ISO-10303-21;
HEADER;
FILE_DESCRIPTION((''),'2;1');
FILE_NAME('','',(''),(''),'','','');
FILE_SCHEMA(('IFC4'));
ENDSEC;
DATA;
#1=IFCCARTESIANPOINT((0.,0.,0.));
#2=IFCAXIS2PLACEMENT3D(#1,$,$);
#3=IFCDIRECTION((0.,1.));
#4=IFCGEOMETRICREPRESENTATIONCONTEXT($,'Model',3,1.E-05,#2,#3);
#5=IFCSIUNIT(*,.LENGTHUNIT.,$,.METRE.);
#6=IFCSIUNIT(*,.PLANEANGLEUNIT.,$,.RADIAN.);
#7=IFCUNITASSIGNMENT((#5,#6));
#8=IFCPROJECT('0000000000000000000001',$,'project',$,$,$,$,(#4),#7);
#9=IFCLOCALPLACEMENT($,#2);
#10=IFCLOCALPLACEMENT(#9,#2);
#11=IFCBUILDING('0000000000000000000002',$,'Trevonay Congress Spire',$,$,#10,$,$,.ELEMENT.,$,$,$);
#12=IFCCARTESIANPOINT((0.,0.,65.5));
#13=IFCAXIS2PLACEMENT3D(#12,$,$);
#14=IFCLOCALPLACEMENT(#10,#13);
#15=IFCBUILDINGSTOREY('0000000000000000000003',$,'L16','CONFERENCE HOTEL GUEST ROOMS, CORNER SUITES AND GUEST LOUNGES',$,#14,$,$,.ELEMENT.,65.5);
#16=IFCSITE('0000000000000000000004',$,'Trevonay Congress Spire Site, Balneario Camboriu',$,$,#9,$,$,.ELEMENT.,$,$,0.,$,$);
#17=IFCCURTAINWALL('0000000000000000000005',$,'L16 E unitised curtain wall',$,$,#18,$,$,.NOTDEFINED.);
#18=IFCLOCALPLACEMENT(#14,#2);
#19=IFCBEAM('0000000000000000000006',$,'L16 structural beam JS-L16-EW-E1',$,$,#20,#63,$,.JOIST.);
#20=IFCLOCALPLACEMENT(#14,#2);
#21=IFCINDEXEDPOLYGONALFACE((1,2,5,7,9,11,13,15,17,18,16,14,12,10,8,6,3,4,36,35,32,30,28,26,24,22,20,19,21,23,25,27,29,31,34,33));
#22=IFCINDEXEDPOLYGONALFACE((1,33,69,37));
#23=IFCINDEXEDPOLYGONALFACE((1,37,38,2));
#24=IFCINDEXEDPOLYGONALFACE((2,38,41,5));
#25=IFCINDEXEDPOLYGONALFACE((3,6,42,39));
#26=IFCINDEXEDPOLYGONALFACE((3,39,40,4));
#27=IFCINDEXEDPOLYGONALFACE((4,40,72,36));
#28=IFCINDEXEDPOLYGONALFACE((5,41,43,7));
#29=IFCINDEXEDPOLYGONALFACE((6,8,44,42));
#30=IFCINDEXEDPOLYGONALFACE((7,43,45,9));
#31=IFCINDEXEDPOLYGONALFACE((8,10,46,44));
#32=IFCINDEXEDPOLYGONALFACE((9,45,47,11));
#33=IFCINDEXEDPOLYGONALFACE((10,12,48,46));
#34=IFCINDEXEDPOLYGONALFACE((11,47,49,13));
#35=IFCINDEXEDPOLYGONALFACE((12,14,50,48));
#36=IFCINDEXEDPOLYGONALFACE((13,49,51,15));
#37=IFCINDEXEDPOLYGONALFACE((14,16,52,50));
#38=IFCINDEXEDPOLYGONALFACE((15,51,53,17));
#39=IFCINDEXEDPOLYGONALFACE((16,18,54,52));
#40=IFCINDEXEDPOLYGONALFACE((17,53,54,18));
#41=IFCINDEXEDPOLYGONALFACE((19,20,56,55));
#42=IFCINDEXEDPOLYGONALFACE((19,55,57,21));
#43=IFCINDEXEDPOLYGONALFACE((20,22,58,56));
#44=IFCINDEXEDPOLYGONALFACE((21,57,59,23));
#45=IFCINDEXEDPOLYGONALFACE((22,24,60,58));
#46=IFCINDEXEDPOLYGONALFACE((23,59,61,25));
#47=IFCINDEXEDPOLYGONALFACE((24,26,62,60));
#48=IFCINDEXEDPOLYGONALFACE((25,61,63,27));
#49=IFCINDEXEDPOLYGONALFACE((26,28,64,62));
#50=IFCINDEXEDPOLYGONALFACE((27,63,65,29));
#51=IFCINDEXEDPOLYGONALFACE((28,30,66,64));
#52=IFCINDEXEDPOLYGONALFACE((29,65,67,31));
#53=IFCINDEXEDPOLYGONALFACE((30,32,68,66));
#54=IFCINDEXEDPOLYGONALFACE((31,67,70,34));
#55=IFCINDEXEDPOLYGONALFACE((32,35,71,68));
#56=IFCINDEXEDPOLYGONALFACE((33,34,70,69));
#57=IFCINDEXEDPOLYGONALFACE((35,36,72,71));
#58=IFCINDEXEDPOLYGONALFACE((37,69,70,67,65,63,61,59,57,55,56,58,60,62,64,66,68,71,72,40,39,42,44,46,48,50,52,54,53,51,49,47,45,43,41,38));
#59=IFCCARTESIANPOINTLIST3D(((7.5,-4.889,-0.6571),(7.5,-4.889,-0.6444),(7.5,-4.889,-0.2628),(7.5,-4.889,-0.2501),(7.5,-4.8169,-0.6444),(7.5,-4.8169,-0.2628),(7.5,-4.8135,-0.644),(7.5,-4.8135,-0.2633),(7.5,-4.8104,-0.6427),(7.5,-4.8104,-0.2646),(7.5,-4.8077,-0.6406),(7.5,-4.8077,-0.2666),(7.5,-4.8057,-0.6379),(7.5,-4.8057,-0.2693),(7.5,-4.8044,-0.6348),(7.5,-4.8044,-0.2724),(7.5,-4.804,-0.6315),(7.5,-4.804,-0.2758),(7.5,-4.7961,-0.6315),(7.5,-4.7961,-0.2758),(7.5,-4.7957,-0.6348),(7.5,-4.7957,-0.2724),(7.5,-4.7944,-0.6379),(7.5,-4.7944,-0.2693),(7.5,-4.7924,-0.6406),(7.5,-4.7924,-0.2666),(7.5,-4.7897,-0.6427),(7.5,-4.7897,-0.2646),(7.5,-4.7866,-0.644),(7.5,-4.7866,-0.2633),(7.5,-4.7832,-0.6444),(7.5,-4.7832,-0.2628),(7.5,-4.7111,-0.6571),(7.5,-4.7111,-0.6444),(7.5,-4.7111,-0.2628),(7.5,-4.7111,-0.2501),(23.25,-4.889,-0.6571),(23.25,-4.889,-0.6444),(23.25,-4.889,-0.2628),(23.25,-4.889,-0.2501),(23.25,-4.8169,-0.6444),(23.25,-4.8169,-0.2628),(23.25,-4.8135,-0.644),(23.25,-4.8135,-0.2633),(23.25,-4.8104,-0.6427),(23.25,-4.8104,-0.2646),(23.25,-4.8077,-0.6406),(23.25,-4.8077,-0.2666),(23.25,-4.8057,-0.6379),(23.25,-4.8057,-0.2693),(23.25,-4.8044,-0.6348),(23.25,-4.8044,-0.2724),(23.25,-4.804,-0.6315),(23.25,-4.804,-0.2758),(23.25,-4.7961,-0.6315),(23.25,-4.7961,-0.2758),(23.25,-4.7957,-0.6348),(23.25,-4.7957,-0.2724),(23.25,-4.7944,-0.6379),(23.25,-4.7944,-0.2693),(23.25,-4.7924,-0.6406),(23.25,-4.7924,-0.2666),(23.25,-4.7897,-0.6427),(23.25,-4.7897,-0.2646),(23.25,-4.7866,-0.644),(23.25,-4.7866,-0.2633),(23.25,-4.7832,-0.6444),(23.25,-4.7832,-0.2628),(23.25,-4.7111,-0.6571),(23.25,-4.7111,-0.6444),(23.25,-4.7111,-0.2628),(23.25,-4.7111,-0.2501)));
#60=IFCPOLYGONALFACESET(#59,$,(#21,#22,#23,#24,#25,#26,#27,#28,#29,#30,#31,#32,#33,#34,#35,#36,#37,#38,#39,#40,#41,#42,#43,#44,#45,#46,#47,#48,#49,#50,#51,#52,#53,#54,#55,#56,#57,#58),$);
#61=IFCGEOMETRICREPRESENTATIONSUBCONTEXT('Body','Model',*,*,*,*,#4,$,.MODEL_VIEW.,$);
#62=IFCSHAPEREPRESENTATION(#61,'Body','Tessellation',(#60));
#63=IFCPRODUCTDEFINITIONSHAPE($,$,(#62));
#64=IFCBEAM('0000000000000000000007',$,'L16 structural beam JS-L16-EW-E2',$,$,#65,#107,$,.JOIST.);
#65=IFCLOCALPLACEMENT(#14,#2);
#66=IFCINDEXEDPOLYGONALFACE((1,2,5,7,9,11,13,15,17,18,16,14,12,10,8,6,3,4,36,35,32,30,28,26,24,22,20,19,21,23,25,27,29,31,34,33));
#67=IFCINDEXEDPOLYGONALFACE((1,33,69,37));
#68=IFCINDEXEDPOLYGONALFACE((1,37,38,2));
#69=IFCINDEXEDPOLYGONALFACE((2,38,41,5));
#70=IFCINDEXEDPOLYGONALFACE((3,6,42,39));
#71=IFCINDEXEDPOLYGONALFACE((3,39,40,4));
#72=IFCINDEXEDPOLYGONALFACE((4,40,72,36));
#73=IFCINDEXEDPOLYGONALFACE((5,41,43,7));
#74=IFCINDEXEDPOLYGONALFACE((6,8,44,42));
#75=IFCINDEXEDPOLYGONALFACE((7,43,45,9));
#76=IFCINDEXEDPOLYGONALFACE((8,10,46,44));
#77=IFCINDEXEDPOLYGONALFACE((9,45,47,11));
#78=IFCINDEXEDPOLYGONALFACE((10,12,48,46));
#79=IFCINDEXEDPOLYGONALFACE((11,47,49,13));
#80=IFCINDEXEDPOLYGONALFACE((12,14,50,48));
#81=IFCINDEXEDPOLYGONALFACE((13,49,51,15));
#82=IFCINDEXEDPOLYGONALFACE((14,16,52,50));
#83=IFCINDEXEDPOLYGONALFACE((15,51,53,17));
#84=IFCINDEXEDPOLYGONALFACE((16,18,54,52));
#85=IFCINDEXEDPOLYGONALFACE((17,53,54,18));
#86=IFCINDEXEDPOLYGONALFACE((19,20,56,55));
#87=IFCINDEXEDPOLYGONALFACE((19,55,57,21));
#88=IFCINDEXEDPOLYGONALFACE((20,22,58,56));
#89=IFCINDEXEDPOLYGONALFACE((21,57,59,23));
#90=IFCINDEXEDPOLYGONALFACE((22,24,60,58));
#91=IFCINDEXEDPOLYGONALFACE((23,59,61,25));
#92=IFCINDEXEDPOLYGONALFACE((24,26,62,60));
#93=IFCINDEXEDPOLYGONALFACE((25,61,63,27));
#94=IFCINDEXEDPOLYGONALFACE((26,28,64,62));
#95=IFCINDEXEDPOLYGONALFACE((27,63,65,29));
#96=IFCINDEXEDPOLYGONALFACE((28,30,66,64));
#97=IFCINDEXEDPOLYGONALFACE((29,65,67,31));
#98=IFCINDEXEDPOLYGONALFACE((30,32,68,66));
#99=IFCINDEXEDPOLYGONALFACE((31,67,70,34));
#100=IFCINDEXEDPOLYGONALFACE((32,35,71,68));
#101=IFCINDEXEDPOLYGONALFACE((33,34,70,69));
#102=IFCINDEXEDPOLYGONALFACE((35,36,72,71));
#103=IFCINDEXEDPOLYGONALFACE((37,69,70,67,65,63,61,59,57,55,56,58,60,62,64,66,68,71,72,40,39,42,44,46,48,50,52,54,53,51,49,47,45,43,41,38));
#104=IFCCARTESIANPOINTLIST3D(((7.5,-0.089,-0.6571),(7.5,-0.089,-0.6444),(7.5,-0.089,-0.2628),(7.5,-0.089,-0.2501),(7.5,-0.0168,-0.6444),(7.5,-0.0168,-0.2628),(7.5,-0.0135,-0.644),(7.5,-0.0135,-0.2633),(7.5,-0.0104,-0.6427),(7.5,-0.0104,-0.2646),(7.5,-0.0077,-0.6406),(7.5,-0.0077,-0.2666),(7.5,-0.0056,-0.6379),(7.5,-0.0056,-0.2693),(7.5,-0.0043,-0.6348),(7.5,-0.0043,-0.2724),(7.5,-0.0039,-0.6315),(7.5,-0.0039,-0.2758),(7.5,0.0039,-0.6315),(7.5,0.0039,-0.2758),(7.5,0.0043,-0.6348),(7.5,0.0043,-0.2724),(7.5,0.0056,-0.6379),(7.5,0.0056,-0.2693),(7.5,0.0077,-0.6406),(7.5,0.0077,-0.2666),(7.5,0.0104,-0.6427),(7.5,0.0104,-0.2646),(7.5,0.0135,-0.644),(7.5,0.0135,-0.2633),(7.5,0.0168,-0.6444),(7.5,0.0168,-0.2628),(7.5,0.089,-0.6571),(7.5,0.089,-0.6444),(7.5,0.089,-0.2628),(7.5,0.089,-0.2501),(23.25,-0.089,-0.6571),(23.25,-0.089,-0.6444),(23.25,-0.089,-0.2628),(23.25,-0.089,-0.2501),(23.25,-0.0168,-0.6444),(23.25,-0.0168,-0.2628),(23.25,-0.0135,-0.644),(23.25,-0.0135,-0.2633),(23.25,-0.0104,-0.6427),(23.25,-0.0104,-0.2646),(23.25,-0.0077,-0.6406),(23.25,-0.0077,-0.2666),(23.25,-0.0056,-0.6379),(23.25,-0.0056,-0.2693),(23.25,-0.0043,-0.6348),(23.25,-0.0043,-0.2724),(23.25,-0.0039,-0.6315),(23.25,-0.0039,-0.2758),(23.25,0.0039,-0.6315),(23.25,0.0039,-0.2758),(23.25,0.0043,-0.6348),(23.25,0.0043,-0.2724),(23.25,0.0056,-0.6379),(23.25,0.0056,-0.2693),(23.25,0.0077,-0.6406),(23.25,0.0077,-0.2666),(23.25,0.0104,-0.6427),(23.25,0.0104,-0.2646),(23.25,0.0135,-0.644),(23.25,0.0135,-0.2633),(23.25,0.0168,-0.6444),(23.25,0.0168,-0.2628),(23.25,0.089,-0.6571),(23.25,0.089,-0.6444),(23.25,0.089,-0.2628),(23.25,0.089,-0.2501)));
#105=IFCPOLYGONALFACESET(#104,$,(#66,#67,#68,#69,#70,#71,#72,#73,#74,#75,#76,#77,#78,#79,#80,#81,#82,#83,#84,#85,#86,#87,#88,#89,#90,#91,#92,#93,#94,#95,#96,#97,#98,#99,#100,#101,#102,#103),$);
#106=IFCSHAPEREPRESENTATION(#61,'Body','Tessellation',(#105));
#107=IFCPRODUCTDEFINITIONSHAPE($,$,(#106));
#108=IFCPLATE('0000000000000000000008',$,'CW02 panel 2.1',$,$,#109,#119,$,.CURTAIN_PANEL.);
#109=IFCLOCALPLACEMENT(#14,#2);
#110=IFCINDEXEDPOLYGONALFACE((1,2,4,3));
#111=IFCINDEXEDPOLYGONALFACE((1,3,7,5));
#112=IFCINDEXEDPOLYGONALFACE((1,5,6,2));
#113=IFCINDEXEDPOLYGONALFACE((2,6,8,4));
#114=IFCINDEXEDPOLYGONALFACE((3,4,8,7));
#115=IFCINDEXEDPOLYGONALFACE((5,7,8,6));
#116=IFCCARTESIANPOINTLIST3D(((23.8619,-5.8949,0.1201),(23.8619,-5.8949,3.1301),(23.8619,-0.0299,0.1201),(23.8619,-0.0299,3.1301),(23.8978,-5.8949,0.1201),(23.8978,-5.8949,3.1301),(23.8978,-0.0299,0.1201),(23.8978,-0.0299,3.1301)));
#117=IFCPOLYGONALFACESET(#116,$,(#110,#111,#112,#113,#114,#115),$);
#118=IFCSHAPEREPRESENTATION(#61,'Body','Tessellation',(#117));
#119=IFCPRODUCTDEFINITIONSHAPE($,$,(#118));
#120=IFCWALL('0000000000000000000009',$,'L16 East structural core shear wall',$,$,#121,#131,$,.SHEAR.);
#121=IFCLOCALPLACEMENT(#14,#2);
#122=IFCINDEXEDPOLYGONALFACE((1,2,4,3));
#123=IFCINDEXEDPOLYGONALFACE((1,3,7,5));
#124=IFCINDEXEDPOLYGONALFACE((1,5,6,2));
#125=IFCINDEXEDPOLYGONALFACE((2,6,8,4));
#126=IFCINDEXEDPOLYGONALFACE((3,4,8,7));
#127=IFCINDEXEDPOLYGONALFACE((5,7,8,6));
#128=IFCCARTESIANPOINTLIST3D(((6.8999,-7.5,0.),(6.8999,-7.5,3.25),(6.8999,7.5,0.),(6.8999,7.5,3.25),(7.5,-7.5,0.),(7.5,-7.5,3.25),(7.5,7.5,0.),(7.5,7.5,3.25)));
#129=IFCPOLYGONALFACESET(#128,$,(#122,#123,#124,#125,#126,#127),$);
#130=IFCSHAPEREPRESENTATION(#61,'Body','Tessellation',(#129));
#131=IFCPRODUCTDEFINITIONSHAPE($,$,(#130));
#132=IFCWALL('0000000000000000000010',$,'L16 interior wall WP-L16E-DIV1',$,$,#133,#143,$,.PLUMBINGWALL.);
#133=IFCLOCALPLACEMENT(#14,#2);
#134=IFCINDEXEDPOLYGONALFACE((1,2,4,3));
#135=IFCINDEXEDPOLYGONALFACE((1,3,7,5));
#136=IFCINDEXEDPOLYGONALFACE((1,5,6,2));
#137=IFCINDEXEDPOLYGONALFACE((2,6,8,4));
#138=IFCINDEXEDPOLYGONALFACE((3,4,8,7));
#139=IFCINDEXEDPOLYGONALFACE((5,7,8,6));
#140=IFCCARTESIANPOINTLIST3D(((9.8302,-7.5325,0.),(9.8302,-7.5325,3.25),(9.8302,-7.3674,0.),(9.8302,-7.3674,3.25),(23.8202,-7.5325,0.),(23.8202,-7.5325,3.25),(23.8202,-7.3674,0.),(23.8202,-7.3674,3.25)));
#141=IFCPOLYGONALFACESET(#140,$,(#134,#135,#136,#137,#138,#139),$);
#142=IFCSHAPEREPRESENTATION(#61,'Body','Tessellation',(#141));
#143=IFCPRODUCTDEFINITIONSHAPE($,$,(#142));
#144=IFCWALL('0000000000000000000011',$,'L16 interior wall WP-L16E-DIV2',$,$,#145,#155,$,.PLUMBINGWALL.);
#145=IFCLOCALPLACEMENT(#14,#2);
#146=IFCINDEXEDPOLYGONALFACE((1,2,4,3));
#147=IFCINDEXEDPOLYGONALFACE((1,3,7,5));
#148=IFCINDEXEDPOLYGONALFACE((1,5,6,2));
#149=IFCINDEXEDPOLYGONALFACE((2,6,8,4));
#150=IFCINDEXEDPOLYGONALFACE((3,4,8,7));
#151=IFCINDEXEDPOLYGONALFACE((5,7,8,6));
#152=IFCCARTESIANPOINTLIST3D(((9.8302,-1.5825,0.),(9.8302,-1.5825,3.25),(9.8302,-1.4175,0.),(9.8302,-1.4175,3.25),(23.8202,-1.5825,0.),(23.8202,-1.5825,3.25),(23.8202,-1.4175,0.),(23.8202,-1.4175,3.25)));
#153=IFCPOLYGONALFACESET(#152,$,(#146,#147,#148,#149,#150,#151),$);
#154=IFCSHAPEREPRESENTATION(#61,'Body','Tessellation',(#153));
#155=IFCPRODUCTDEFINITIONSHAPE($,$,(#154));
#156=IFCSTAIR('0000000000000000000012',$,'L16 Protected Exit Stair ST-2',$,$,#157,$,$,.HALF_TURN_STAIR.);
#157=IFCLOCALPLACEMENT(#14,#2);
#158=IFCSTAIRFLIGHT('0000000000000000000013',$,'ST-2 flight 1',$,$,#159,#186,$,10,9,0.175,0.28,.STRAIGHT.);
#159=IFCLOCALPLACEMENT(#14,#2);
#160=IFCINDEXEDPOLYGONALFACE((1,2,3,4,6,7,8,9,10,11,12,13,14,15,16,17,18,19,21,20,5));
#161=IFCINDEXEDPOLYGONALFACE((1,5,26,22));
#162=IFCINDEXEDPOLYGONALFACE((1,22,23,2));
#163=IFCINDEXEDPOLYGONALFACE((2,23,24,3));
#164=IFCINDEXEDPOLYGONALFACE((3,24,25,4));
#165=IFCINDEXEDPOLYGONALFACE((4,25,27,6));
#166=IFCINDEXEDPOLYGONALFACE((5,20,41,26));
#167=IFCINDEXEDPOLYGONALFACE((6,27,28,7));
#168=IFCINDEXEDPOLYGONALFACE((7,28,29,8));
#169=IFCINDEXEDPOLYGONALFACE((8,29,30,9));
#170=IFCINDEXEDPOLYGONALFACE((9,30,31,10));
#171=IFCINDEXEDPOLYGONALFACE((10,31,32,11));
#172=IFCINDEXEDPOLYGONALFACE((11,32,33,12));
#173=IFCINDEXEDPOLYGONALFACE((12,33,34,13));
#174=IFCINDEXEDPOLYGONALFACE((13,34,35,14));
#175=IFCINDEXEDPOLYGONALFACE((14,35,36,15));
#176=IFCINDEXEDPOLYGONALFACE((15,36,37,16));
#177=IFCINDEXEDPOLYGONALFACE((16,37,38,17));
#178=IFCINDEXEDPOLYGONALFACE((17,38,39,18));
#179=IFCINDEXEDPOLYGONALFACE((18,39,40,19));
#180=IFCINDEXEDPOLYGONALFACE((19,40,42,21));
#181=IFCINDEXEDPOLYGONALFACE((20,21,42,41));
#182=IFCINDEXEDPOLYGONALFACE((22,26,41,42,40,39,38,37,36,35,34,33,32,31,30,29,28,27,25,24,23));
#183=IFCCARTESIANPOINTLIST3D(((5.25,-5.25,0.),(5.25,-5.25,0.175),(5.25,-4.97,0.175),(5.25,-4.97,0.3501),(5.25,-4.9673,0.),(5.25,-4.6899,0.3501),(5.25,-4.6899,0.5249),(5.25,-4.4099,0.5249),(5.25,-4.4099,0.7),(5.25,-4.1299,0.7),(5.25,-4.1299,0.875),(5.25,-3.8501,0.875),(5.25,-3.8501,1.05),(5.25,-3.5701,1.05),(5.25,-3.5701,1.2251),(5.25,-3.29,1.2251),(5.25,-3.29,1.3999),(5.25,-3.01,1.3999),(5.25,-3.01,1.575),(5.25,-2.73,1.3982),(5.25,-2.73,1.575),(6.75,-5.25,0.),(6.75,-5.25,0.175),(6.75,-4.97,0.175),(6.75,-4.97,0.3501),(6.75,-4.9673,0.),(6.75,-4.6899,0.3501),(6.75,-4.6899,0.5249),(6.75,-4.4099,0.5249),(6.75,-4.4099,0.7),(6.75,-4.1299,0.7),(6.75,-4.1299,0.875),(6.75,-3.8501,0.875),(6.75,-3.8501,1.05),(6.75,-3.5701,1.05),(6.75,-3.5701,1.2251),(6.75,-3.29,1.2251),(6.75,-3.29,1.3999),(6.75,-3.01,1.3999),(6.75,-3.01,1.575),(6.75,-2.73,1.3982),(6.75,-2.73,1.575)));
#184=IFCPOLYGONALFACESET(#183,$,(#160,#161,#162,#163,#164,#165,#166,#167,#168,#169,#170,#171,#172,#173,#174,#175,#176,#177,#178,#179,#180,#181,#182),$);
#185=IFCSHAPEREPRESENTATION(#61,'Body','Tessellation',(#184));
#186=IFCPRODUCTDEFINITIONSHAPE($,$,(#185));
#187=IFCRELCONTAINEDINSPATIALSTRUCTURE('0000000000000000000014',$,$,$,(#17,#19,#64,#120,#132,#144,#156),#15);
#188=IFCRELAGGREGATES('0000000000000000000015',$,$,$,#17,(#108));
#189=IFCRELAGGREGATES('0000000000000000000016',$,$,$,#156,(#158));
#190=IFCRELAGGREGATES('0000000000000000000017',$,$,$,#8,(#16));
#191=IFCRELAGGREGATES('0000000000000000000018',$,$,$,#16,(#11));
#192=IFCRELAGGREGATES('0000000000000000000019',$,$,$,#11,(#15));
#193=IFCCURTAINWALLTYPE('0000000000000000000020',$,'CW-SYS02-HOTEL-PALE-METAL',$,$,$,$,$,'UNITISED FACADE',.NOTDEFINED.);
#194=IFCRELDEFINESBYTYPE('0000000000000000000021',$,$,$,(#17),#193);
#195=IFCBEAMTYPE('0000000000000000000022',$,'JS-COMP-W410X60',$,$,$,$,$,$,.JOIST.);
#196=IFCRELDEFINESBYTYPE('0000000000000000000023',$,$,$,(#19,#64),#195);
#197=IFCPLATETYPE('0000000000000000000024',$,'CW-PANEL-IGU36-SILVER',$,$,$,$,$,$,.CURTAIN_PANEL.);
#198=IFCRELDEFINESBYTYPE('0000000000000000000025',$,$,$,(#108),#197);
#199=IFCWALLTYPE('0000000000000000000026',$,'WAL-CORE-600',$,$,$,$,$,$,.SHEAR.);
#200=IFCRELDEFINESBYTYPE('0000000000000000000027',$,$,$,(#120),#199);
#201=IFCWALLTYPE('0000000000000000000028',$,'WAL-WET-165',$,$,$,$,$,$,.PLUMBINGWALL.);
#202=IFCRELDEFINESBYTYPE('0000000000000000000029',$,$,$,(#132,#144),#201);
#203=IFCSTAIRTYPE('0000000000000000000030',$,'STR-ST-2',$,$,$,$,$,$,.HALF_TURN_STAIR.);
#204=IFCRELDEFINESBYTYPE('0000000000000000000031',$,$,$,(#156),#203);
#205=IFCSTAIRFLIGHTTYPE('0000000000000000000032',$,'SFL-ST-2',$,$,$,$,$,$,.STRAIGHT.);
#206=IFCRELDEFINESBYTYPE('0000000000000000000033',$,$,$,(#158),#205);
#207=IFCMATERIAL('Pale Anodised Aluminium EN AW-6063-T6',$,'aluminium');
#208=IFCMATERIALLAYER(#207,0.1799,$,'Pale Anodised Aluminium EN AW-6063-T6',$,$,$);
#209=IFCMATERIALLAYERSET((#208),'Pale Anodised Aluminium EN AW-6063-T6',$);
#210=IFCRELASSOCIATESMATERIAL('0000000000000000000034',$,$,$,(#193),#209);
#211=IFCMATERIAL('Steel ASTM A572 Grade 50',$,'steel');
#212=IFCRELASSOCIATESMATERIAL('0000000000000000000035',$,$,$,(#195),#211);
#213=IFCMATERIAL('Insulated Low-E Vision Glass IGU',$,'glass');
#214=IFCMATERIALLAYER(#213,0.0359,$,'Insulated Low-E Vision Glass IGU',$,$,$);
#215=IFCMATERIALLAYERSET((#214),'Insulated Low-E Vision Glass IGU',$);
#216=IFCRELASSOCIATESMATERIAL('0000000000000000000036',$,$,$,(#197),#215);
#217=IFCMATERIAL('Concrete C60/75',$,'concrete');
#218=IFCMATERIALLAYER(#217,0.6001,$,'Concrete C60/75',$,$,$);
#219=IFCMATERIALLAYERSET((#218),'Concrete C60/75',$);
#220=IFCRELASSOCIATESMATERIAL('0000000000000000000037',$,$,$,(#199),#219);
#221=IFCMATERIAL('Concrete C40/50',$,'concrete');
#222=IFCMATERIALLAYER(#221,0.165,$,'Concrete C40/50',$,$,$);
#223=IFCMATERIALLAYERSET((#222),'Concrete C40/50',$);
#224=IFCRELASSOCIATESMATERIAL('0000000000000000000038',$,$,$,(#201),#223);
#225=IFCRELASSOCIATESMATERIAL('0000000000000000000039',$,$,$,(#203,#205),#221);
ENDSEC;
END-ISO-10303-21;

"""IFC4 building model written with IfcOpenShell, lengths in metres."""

from ifc_helpers import new_model, si_unit, direction, frame, frame_2d, origin, origin_2d, place, context, subcontext, project, spatial, polyline, rectangle, i_section, outline, extrude, material, layer, layer_set, material_profile, profile_set, type_object, element, aggregate, save


model = new_model("IFC4")

# Units and contexts
model_context = context("Model", 3, precision=1e-05, world=origin(), true_north=direction((0.0, 1.0)))
body_context = subcontext(model_context, "Body", "Model", "MODEL_VIEW")
ifc_project = project(units=[si_unit("LENGTHUNIT", "METRE"), si_unit("PLANEANGLEUNIT", "RADIAN")], contexts=[model_context])

# Site, building, storey
site_placement = place(None, origin())
site = spatial("IfcSite", under=ifc_project, at=site_placement, Name="Trevonay Congress Spire Site, Balneario Camboriu", CompositionType="ELEMENT", RefElevation=0.0)
building_placement = place(site_placement, origin())
building = spatial("IfcBuilding", under=site, at=building_placement, Name="Trevonay Congress Spire", CompositionType="ELEMENT")
storey_placement = place(building_placement, frame((0.0, 0.0, 65.5)))
storey = spatial("IfcBuildingStorey", under=building, at=storey_placement, Name="L16", Description="CONFERENCE HOTEL GUEST ROOMS, CORNER SUITES AND GUEST LOUNGES", CompositionType="ELEMENT", Elevation=65.5)

# Shared definitions
ifc_material_1 = material(Name="Steel ASTM A572 Grade 50", Category="steel")

# Curtain wall
ifc_material_2 = material(Name="Pale Anodised Aluminium EN AW-6063-T6", Category="aluminium")
ifc_layer_1 = layer(ifc_material_2, 0.1799, Name="Pale Anodised Aluminium EN AW-6063-T6")
ifc_layer_set_1 = layer_set([ifc_layer_1], Name="Pale Anodised Aluminium EN AW-6063-T6")
curtain_wall_type = type_object("IfcCurtainWallType", Name="CW-SYS02-HOTEL-PALE-METAL", ElementType="UNITISED FACADE", PredefinedType="NOTDEFINED", material=ifc_layer_set_1)
curtain_wall_placement = place(storey_placement, origin())
curtain_wall = element("IfcCurtainWall", 1, at=curtain_wall_placement, inside=storey, type_object=curtain_wall_type, Name="L16 E unitised curtain wall", PredefinedType="NOTDEFINED")

# Beams
ifc_material_profile_1 = material_profile(ifc_material_1, i_section(OverallWidth=0.178, OverallDepth=0.407, WebThickness=0.0078, FlangeThickness=0.0127, FilletRadius=0.0129, at=origin_2d()), Name="W410x60")
ifc_profile_set_1 = profile_set([ifc_material_profile_1], Name="Steel ASTM A572 Grade 50")
beam_type_1 = type_object("IfcBeamType", Name="JS-COMP-W410X60", PredefinedType="JOIST", material=ifc_profile_set_1)
for number, where, z_axis, x_axis, name in (
    (2, (7.5, -4.8, -0.4536), (1.0, 0.0, 0.0), (0.0, 1.0, 0.0), "L16 structural beam JS-L16-EW-E1"),
    (3, (7.5, 0.0, -0.4536), (1.0, 0.0, 0.0), (0.0, 1.0, 0.0), "L16 structural beam JS-L16-EW-E2"),
):
    element("IfcBeam", number, at=place(storey_placement, frame(where, z_axis=z_axis, x_axis=x_axis)), inside=storey, type_object=beam_type_1, Name=name, PredefinedType="JOIST", context=body_context, shape_type="SweptSolid", body=[
        extrude(i_section(OverallWidth=0.178, OverallDepth=0.407, WebThickness=0.0078, FlangeThickness=0.0127, FilletRadius=0.0129, at=origin_2d()), origin(), (0.0, 0.0, 1.0), 15.75),
    ])

# Plate
ifc_material_3 = material(Name="Insulated Low-E Vision Glass IGU", Category="glass")
ifc_layer_2 = layer(ifc_material_3, 0.0359, Name="Insulated Low-E Vision Glass IGU")
ifc_layer_set_2 = layer_set([ifc_layer_2], Name="Insulated Low-E Vision Glass IGU")
plate_type = type_object("IfcPlateType", Name="CW-PANEL-IGU36-SILVER", PredefinedType="CURTAIN_PANEL", material=ifc_layer_set_2)
plate_placement = place(storey_placement, frame((23.8799, -2.9624, 0.1201), z_axis=(0.0, 0.0, 1.0), x_axis=(0.0, 1.0, 0.0)))
plate = element("IfcPlate", 4, at=plate_placement, type_object=plate_type, Name="CW02 panel 2.1", PredefinedType="CURTAIN_PANEL", context=body_context, shape_type="SweptSolid", body=[
    extrude(rectangle(XDim=5.865, YDim=0.0359, at=origin_2d()), origin(), (0.0, 0.0, 1.0), 3.01),
])
aggregate(curtain_wall, [plate])

# Walls
ifc_material_4 = material(Name="Concrete C60/75", Category="concrete")
ifc_layer_3 = layer(ifc_material_4, 0.6001, Name="Concrete C60/75")
ifc_layer_set_3 = layer_set([ifc_layer_3], Name="Concrete C60/75")
wall_type_1 = type_object("IfcWallType", Name="WAL-CORE-600", PredefinedType="SHEAR", material=ifc_layer_set_3)
wall_placement = place(storey_placement, frame((7.2, -7.5, 0.0), z_axis=(0.0, 0.0, 1.0), x_axis=(0.0, 1.0, 0.0)))
element("IfcWall", 5, at=wall_placement, inside=storey, type_object=wall_type_1, Name="L16 East structural core shear wall", PredefinedType="SHEAR", context=body_context, shape_type="SweptSolid", body=[
    extrude(rectangle(XDim=15.0, YDim=0.6001, at=frame_2d((7.5, 0.0))), origin(), (0.0, 0.0, 1.0), 3.25),
])
ifc_material_5 = material(Name="Concrete C40/50", Category="concrete")
ifc_layer_4 = layer(ifc_material_5, 0.165, Name="Concrete C40/50")
ifc_layer_set_4 = layer_set([ifc_layer_4], Name="Concrete C40/50")
wall_type_2 = type_object("IfcWallType", Name="WAL-WET-165", PredefinedType="PLUMBINGWALL", material=ifc_layer_set_4)
for number, where, z_axis, x_axis, name in (
    (6, (9.8301, -7.45, 0.0), (0.0, 0.0, 1.0), (1.0, 0.0, 0.0), "L16 interior wall WP-L16E-DIV1"),
    (7, (9.8301, -1.5, 0.0), (0.0, 0.0, 1.0), (1.0, 0.0, 0.0), "L16 interior wall WP-L16E-DIV2"),
):
    element("IfcWall", number, at=place(storey_placement, frame(where, z_axis=z_axis, x_axis=x_axis)), inside=storey, type_object=wall_type_2, Name=name, PredefinedType="PLUMBINGWALL", context=body_context, shape_type="SweptSolid", body=[
        extrude(rectangle(XDim=13.99, YDim=0.165, at=frame_2d((6.9951, 0.0))), origin(), (0.0, 0.0, 1.0), 3.25),
    ])

# Stair, stair flight
stair_type = type_object("IfcStairType", Name="STR-ST-2", PredefinedType="HALF_TURN_STAIR", material=ifc_material_5)
stair_placement = place(storey_placement, origin())
stair = element("IfcStair", 8, at=stair_placement, inside=storey, type_object=stair_type, Name="L16 Protected Exit Stair ST-2", PredefinedType="HALF_TURN_STAIR")
stair_flight_type = type_object("IfcStairFlightType", Name="SFL-ST-2", PredefinedType="STRAIGHT", material=ifc_material_5)
stair_flight_placement = place(storey_placement, frame((6.0, -5.25, 0.0), z_axis=(0.0, 0.0, 1.0), x_axis=(0.0, 1.0, 0.0)))
stair_flight = element("IfcStairFlight", 9, at=stair_flight_placement, type_object=stair_flight_type, Name="ST-2 flight 1", NumberOfRisers=10, NumberOfTreads=9, PredefinedType="STRAIGHT", RiserHeight=0.175, TreadLength=0.28, context=body_context, shape_type="SweptSolid", body=[
    extrude(outline(polyline([(0.0, 0.0), (0.0, 0.175), (0.28, 0.175), (0.28, 0.3501), (0.5601, 0.3501), (0.5601, 0.5249), (0.8401, 0.5249), (0.8401, 0.7), (1.1201, 0.7), (1.1201, 0.875), (1.3999, 0.875), (1.3999, 1.05), (1.6799, 1.05), (1.6799, 1.2251), (1.96, 1.2251), (1.96, 1.3999), (2.24, 1.3999), (2.24, 1.575), (2.52, 1.575), (2.52, 1.75), (2.52, 1.3982), (0.2827, 0.0), (0.0, 0.0)])), frame((0.0, 0.75, 0.0), z_axis=(0.0, -1.0, 0.0), x_axis=(1.0, 0.0, 0.0)), (0.0, 0.0, 1.0), 1.5),
])
aggregate(stair, [stair_flight])

save(model, "model.ifc")
